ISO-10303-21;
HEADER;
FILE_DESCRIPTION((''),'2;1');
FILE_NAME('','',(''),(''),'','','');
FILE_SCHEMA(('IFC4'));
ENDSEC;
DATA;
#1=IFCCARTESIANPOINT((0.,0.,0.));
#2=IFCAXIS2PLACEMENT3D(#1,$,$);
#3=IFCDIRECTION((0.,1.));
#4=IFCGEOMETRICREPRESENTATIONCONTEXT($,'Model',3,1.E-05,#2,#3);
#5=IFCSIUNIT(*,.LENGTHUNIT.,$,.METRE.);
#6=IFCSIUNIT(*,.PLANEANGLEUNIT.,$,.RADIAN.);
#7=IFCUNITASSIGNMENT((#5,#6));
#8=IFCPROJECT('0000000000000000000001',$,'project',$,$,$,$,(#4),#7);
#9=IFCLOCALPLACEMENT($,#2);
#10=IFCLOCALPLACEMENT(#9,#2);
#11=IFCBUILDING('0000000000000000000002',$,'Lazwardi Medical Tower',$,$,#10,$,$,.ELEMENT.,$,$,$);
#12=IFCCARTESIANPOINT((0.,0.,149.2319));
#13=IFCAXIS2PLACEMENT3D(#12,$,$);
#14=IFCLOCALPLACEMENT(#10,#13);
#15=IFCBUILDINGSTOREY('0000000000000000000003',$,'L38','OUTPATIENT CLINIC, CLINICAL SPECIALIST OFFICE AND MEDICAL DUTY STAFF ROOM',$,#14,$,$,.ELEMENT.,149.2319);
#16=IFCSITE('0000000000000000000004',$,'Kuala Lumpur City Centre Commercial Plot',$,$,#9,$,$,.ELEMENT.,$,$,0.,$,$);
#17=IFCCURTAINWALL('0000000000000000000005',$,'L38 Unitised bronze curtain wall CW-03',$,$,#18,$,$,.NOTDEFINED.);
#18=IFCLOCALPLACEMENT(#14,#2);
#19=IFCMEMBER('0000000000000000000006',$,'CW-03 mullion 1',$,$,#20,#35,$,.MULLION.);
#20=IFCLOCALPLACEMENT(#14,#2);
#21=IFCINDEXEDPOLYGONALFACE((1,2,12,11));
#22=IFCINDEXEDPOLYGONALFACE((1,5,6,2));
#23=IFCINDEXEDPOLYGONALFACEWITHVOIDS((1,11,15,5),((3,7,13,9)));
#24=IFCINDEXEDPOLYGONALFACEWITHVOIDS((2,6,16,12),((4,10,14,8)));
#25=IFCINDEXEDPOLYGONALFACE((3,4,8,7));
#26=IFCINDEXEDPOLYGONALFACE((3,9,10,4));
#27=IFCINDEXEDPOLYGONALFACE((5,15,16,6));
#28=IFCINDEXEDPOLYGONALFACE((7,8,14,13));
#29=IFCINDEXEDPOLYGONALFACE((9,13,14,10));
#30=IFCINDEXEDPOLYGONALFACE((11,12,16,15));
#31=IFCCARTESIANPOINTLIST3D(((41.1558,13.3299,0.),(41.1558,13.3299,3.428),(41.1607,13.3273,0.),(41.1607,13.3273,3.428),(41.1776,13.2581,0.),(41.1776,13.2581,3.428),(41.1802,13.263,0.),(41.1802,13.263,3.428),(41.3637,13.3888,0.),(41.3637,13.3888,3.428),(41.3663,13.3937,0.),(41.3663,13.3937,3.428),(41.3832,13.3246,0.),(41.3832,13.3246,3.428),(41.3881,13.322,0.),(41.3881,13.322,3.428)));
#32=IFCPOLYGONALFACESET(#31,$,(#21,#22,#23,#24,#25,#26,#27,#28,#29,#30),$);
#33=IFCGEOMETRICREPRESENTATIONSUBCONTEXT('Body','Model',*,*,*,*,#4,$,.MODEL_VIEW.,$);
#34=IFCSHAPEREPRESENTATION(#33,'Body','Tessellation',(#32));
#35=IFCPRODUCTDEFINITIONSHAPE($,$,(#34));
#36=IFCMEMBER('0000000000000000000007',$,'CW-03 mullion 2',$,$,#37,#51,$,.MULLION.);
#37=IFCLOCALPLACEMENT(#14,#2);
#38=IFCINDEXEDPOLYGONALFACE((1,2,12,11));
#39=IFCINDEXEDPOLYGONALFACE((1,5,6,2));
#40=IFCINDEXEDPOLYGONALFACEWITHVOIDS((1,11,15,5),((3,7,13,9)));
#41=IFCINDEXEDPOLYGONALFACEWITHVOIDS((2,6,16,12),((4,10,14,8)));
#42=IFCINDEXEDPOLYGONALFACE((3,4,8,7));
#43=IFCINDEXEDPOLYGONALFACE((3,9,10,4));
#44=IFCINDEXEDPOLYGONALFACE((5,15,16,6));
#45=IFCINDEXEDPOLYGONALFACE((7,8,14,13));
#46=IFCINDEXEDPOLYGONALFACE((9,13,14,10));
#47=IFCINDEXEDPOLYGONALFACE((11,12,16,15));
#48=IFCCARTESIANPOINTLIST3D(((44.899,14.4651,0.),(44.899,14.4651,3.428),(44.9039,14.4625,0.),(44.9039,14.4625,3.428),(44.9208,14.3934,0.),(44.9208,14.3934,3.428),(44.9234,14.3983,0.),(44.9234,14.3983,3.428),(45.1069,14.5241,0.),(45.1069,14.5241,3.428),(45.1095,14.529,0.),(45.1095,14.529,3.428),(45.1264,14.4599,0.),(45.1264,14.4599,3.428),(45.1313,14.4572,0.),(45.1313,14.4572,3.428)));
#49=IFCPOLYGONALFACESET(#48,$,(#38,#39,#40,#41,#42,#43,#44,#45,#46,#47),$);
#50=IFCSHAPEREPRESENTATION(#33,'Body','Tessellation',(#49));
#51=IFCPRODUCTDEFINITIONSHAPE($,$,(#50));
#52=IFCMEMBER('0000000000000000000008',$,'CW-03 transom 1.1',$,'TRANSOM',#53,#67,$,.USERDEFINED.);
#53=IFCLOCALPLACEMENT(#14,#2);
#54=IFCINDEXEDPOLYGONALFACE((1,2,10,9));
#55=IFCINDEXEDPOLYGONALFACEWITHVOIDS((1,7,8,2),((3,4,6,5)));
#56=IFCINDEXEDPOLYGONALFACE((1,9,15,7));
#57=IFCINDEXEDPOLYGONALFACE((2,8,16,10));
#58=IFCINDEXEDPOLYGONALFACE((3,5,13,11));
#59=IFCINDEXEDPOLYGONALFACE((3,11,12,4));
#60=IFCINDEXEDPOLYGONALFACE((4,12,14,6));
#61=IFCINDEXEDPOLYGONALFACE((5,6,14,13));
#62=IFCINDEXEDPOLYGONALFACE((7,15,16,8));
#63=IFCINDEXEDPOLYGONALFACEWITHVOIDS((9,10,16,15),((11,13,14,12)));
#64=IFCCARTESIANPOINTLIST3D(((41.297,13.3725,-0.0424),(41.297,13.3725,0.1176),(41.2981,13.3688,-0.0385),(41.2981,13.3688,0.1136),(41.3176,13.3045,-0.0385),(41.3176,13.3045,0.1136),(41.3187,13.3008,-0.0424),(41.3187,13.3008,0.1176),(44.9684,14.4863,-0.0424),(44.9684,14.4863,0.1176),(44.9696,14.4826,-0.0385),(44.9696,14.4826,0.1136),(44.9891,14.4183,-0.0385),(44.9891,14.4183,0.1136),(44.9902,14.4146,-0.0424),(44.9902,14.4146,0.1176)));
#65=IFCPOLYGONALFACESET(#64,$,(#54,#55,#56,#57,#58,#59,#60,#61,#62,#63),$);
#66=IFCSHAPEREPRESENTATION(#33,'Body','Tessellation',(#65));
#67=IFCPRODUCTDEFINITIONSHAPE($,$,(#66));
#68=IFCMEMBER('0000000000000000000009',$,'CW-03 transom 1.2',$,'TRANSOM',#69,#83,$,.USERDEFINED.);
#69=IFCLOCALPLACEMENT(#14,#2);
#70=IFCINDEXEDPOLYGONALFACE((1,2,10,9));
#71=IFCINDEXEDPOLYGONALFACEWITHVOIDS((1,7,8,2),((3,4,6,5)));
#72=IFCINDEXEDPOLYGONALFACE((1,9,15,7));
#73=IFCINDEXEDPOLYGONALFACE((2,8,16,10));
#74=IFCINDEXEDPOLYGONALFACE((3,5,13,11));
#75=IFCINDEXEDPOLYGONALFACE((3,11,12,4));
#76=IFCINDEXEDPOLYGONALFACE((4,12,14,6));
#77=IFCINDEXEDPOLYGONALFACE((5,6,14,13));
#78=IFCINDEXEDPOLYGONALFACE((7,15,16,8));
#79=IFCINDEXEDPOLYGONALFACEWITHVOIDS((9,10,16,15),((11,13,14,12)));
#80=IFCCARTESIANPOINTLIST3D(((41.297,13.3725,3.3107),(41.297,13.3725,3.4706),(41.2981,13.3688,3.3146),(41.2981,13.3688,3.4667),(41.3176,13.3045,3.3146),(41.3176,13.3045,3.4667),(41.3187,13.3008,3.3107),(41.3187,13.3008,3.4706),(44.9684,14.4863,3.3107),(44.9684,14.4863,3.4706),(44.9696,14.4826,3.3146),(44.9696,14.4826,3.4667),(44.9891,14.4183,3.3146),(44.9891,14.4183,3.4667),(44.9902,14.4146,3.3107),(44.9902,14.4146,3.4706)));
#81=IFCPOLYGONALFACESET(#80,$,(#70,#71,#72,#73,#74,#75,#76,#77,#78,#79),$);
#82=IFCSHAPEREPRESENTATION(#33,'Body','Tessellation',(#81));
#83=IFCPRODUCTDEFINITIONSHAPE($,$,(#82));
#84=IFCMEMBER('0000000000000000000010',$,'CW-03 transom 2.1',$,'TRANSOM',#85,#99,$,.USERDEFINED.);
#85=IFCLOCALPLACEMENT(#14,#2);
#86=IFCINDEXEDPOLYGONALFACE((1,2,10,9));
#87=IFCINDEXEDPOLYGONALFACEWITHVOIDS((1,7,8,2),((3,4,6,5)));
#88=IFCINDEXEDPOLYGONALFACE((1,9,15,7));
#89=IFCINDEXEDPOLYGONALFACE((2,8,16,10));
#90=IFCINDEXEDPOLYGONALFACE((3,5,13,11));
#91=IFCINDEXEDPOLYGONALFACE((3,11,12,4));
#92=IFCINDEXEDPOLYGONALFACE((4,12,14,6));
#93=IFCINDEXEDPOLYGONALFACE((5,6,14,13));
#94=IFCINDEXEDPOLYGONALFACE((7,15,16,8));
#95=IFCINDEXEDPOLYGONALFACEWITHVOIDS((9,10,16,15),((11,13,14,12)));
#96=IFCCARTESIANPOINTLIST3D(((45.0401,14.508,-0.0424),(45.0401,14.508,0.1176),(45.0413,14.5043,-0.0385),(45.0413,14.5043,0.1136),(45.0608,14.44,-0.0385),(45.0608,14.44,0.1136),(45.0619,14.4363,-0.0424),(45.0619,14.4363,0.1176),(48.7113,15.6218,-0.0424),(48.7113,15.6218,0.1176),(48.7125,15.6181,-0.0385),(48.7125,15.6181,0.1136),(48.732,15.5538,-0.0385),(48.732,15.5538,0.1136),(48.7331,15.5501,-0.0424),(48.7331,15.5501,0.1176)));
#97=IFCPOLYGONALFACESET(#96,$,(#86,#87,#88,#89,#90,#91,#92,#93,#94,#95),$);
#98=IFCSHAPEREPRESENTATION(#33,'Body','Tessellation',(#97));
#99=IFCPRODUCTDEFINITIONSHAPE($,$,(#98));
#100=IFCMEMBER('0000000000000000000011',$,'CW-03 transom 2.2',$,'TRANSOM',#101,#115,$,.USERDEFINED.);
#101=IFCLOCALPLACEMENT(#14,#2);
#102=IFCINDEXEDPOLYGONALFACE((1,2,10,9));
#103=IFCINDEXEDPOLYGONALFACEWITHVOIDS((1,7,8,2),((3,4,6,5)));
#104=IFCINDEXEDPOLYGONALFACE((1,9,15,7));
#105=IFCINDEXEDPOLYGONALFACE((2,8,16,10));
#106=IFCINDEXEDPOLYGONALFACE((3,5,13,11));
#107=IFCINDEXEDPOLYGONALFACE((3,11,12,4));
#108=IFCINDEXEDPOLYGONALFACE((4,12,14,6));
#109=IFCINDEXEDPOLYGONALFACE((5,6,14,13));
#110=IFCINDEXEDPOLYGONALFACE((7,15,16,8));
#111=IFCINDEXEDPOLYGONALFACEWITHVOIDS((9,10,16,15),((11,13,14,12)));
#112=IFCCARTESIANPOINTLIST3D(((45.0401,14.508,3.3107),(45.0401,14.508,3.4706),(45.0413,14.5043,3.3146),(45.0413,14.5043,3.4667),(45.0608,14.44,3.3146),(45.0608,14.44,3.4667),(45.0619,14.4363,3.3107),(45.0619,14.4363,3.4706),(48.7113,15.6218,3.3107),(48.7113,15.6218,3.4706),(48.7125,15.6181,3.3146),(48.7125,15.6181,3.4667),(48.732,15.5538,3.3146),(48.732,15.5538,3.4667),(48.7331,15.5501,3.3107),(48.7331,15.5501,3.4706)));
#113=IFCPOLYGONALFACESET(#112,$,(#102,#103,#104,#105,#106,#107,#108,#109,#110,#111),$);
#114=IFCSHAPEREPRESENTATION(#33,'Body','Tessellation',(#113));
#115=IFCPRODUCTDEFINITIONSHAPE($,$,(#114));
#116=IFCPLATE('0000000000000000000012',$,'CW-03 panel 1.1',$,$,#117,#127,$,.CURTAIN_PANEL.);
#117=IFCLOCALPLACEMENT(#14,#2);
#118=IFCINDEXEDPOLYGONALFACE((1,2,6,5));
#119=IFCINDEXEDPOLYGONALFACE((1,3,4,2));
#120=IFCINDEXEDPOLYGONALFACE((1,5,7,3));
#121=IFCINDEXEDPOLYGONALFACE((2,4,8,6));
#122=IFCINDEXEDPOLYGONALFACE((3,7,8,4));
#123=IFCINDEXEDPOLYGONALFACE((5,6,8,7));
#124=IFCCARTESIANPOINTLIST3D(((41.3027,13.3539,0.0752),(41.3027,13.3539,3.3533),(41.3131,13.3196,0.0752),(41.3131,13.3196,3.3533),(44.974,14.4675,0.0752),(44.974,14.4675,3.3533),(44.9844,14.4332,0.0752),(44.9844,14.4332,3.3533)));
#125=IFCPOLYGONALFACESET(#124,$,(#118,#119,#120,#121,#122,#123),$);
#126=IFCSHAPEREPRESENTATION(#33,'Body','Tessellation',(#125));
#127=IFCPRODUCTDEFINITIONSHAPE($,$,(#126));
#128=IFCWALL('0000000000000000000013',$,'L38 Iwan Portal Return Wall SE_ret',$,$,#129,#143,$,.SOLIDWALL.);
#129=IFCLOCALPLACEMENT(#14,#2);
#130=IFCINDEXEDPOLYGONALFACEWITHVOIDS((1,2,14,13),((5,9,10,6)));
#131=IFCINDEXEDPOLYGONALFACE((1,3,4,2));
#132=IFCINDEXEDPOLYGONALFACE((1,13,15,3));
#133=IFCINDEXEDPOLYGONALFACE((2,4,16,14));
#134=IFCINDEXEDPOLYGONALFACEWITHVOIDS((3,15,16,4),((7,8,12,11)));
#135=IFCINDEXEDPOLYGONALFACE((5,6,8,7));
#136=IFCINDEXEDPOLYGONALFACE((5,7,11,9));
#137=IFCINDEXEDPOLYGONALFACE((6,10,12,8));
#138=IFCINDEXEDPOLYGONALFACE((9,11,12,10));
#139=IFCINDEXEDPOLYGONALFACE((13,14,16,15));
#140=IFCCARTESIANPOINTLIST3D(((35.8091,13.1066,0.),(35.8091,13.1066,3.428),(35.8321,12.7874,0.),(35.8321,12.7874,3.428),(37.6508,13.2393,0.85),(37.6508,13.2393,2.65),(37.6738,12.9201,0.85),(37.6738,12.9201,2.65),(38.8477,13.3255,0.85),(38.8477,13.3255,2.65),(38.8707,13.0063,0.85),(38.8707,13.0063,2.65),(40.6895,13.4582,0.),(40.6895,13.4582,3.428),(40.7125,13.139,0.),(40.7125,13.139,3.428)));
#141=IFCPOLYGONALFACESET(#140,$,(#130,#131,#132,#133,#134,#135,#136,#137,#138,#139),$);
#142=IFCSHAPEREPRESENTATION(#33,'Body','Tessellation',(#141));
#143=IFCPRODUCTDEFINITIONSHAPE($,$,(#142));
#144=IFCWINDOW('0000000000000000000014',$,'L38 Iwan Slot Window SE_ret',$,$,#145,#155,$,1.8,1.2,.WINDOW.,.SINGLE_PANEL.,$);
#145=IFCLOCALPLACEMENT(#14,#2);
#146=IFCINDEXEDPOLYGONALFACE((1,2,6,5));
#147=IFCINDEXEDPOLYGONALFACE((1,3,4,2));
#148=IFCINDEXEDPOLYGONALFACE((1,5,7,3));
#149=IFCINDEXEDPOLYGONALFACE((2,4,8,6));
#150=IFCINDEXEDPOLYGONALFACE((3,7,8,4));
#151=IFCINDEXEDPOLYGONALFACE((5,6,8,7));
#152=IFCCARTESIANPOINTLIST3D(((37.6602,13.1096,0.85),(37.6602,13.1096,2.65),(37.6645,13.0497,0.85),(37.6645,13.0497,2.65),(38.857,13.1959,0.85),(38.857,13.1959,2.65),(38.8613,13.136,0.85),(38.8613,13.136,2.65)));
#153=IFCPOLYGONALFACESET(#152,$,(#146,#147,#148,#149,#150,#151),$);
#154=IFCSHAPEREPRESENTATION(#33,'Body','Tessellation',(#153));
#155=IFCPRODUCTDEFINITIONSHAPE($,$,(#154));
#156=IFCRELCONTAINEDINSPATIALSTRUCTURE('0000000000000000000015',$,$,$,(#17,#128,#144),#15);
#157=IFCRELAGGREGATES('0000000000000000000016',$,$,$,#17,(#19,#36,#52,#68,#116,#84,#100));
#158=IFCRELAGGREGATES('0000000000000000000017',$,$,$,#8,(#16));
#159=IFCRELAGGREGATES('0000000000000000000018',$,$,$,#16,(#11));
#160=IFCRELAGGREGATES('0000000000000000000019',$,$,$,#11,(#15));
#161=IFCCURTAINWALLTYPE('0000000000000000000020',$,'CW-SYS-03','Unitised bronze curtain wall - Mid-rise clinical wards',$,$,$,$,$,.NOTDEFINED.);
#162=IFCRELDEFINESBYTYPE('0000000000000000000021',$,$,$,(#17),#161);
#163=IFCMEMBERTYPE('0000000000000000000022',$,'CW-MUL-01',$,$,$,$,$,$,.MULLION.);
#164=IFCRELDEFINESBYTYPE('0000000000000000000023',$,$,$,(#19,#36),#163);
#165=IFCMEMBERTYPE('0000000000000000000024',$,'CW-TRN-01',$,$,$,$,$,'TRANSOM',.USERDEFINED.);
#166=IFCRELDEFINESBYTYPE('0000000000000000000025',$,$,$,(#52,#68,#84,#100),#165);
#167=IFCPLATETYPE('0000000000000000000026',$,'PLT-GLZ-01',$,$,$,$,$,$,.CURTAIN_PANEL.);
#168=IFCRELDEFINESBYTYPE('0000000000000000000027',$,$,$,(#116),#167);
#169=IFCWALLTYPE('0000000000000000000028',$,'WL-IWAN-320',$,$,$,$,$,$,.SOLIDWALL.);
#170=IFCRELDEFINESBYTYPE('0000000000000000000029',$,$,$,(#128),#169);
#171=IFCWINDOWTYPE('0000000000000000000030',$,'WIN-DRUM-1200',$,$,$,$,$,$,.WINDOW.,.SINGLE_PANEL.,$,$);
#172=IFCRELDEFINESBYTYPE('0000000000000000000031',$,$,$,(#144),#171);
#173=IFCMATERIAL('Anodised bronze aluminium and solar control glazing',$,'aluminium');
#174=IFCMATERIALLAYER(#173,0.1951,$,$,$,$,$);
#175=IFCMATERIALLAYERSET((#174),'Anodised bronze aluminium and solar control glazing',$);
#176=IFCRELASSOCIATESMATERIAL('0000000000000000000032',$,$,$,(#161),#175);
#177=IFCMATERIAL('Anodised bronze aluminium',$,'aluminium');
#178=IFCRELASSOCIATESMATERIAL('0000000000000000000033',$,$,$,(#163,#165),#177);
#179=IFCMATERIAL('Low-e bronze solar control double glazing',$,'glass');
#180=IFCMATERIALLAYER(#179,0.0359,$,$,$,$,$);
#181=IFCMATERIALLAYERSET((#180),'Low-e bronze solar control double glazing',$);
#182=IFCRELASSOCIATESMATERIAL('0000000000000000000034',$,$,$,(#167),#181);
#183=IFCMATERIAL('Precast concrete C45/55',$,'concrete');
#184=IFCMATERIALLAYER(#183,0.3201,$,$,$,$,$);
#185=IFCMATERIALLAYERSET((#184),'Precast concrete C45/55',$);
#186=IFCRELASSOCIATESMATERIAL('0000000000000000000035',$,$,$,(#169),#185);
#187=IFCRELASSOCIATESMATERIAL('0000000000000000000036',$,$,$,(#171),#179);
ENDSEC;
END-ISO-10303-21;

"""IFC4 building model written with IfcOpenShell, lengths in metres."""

from ifc_helpers import new_model, si_unit, direction, frame, frame_2d, origin, origin_2d, place, context, subcontext, project, spatial, rectangle, hollow_rectangle, extrude, material, layer, layer_set, material_profile, profile_set, type_object, element, fill, aggregate, save


model = new_model("IFC4")

# Units and contexts
model_context = context("Model", 3, precision=1e-05, world=origin(), true_north=direction((0.0, 1.0)))
body_context = subcontext(model_context, "Body", "Model", "MODEL_VIEW")
ifc_project = project(units=[si_unit("LENGTHUNIT", "METRE"), si_unit("PLANEANGLEUNIT", "RADIAN")], contexts=[model_context])

# Site, building, storey
site_placement = place(None, origin())
site = spatial("IfcSite", under=ifc_project, at=site_placement, Name="Kuala Lumpur City Centre Commercial Plot", CompositionType="ELEMENT", RefElevation=0.0)
building_placement = place(site_placement, origin())
building = spatial("IfcBuilding", under=site, at=building_placement, Name="Lazwardi Medical Tower", CompositionType="ELEMENT")
storey_placement = place(building_placement, frame((0.0, 0.0, 149.2319)))
storey = spatial("IfcBuildingStorey", under=building, at=storey_placement, Name="L38", Description="OUTPATIENT CLINIC, CLINICAL SPECIALIST OFFICE AND MEDICAL DUTY STAFF ROOM", CompositionType="ELEMENT", Elevation=149.2319)

# Curtain wall, members, plate
ifc_material_1 = material(Name="Anodised bronze aluminium and solar control glazing", Category="aluminium")
ifc_layer_1 = layer(ifc_material_1, 0.1951)
ifc_layer_set_1 = layer_set([ifc_layer_1], Name="Anodised bronze aluminium and solar control glazing")
curtain_wall_type = type_object("IfcCurtainWallType", Name="CW-SYS-03", Description="Unitised bronze curtain wall - Mid-rise clinical wards", PredefinedType="NOTDEFINED", material=ifc_layer_set_1)
curtain_wall_placement = place(storey_placement, origin())
curtain_wall = element("IfcCurtainWall", 1, at=curtain_wall_placement, inside=storey, type_object=curtain_wall_type, Name="L38 Unitised bronze curtain wall CW-03", PredefinedType="NOTDEFINED")
ifc_material_2 = material(Name="Anodised bronze aluminium", Category="aluminium")
ifc_material_profile_1 = material_profile(ifc_material_2, hollow_rectangle(XDim=0.075, YDim=0.22, WallThickness=0.0039, at=origin_2d()), Name="ALU-MULLION 220x75x4")
ifc_profile_set_1 = profile_set([ifc_material_profile_1], Name="Anodised bronze aluminium")
member_type_1 = type_object("IfcMemberType", Name="CW-MUL-01", PredefinedType="MULLION", material=ifc_profile_set_1)
member_1_placement = place(storey_placement, frame((41.272, 13.3259, 0.0), z_axis=(0.0, 0.0, 1.0), x_axis=(-0.290281, 0.956942, 0.0)))
member_1 = element("IfcMember", 2, at=member_1_placement, type_object=member_type_1, Name="CW-03 mullion 1", PredefinedType="MULLION", context=body_context, shape_type="SweptSolid", body=[
    extrude(hollow_rectangle(XDim=0.075, YDim=0.22, WallThickness=0.0039, at=origin_2d()), origin(), (0.0, 0.0, 1.0), 3.428),
])
member_2_placement = place(storey_placement, frame((45.0151, 14.4612, 0.0), z_axis=(0.0, 0.0, 1.0), x_axis=(-0.290281, 0.956942, 0.0)))
member_2 = element("IfcMember", 3, at=member_2_placement, type_object=member_type_1, Name="CW-03 mullion 2", PredefinedType="MULLION", context=body_context, shape_type="SweptSolid", body=[
    extrude(hollow_rectangle(XDim=0.075, YDim=0.22, WallThickness=0.0039, at=origin_2d()), origin(), (0.0, 0.0, 1.0), 3.428),
])
ifc_material_profile_2 = material_profile(ifc_material_2, hollow_rectangle(XDim=0.075, YDim=0.1599, WallThickness=0.0039, at=origin_2d()), Name="ALU-TRANSOM 160x75x4")
ifc_profile_set_2 = profile_set([ifc_material_profile_2], Name="Anodised bronze aluminium")
member_type_2 = type_object("IfcMemberType", Name="CW-TRN-01", ElementType="TRANSOM", PredefinedType="USERDEFINED", material=ifc_profile_set_2)
member_3_placement = place(storey_placement, frame((41.3079, 13.3367, 0.0376), z_axis=(0.956936, 0.290301, 0.0), x_axis=(-0.290301, 0.956936, 0.0)))
member_3 = element("IfcMember", 4, at=member_3_placement, type_object=member_type_2, Name="CW-03 transom 1.1", ObjectType="TRANSOM", PredefinedType="USERDEFINED", context=body_context, shape_type="SweptSolid", body=[
    extrude(hollow_rectangle(XDim=0.075, YDim=0.1599, WallThickness=0.0039, at=origin_2d()), origin(), (0.0, 0.0, 1.0), 3.8367),
])
member_4_placement = place(storey_placement, frame((41.3079, 13.3367, 3.3906), z_axis=(0.956936, 0.290301, 0.0), x_axis=(-0.290301, 0.956936, 0.0)))
member_4 = element("IfcMember", 5, at=member_4_placement, type_object=member_type_2, Name="CW-03 transom 1.2", ObjectType="TRANSOM", PredefinedType="USERDEFINED", context=body_context, shape_type="SweptSolid", body=[
    extrude(hollow_rectangle(XDim=0.075, YDim=0.1599, WallThickness=0.0039, at=origin_2d()), origin(), (0.0, 0.0, 1.0), 3.8367),
])
member_5_placement = place(storey_placement, frame((45.051, 14.4722, 0.0376), z_axis=(0.95693, 0.290318, 0.0), x_axis=(-0.290318, 0.95693, 0.0)))
member_5 = element("IfcMember", 6, at=member_5_placement, type_object=member_type_2, Name="CW-03 transom 2.1", ObjectType="TRANSOM", PredefinedType="USERDEFINED", context=body_context, shape_type="SweptSolid", body=[
    extrude(hollow_rectangle(XDim=0.075, YDim=0.1599, WallThickness=0.0039, at=origin_2d()), origin(), (0.0, 0.0, 1.0), 3.8364),
])
member_6_placement = place(storey_placement, frame((45.051, 14.4722, 3.3906), z_axis=(0.95693, 0.290318, 0.0), x_axis=(-0.290318, 0.95693, 0.0)))
member_6 = element("IfcMember", 7, at=member_6_placement, type_object=member_type_2, Name="CW-03 transom 2.2", ObjectType="TRANSOM", PredefinedType="USERDEFINED", context=body_context, shape_type="SweptSolid", body=[
    extrude(hollow_rectangle(XDim=0.075, YDim=0.1599, WallThickness=0.0039, at=origin_2d()), origin(), (0.0, 0.0, 1.0), 3.8364),
])
ifc_material_3 = material(Name="Low-e bronze solar control double glazing", Category="glass")
ifc_layer_2 = layer(ifc_material_3, 0.0359)
ifc_layer_set_2 = layer_set([ifc_layer_2], Name="Low-e bronze solar control double glazing")
plate_type = type_object("IfcPlateType", Name="PLT-GLZ-01", PredefinedType="CURTAIN_PANEL", material=ifc_layer_set_2)
plate_placement = place(storey_placement, frame((43.1436, 13.8936, 0.0752), z_axis=(0.0, 0.0, 1.0), x_axis=(0.956942, 0.290281, 0.0)))
plate = element("IfcPlate", 8, at=plate_placement, type_object=plate_type, Name="CW-03 panel 1.1", PredefinedType="CURTAIN_PANEL", context=body_context, shape_type="SweptSolid", body=[
    extrude(rectangle(XDim=3.8364, YDim=0.0359, at=origin_2d()), origin(), (0.0, 0.0, 1.0), 3.2781),
])
aggregate(curtain_wall, [member_1, member_2, member_3, member_4, plate, member_5, member_6])

# Wall, opening, window
ifc_material_4 = material(Name="Precast concrete C45/55", Category="concrete")
ifc_layer_3 = layer(ifc_material_4, 0.3201)
ifc_layer_set_3 = layer_set([ifc_layer_3], Name="Precast concrete C45/55")
wall_type = type_object("IfcWallType", Name="WL-IWAN-320", PredefinedType="SOLIDWALL", material=ifc_layer_set_3)
wall_1_placement = place(storey_placement, frame((35.8206, 12.947, 0.0), z_axis=(0.0, 0.0, 1.0), x_axis=(0.997415, 0.07185, 0.0)))
wall_1 = element("IfcWall", 9, at=wall_1_placement, inside=storey, type_object=wall_type, Name="L38 Iwan Portal Return Wall SE_ret", PredefinedType="SOLIDWALL", context=body_context, shape_type="SweptSolid", body=[
    extrude(rectangle(XDim=4.8931, YDim=0.3201, at=frame_2d((2.4465, 0.0))), origin(), (0.0, 0.0, 1.0), 3.428),
])
opening_1_placement = place(wall_1_placement, frame((1.8464, 0.0, 0.8501)))
opening_1 = element("IfcOpeningElement", 10, at=opening_1_placement, cuts=wall_1, PredefinedType="OPENING", context=body_context, shape_type="SweptSolid", body=[
    extrude(rectangle(XDim=1.2, YDim=1.8, at=frame_2d((0.6001, 0.8999))), frame((0.0, 0.1699, 0.0), z_axis=(0.0, -1.0, 0.0), x_axis=(1.0, 0.0, 0.0)), (0.0, 0.0, 1.0), 0.3401),
])
window_type_1 = type_object("IfcWindowType", Name="WIN-DRUM-1200", PartitioningType="SINGLE_PANEL", PredefinedType="WINDOW", material=ifc_material_3)
window_1_placement = place(opening_1_placement, origin())
window_1 = element("IfcWindow", 11, at=window_1_placement, inside=storey, type_object=window_type_1, Name="L38 Iwan Slot Window SE_ret", OverallHeight=1.8, OverallWidth=1.2, PartitioningType="SINGLE_PANEL", PredefinedType="WINDOW", context=body_context, shape_type="SweptSolid", body=[
    extrude(rectangle(XDim=1.2, YDim=1.8, at=frame_2d((0.6001, 0.8999))), frame((0.0, 0.03, 0.0), z_axis=(0.0, -1.0, 0.0), x_axis=(1.0, 0.0, 0.0)), (0.0, 0.0, 1.0), 0.0601),
])
fill(opening_1, window_1)

save(model, "model.ifc")
